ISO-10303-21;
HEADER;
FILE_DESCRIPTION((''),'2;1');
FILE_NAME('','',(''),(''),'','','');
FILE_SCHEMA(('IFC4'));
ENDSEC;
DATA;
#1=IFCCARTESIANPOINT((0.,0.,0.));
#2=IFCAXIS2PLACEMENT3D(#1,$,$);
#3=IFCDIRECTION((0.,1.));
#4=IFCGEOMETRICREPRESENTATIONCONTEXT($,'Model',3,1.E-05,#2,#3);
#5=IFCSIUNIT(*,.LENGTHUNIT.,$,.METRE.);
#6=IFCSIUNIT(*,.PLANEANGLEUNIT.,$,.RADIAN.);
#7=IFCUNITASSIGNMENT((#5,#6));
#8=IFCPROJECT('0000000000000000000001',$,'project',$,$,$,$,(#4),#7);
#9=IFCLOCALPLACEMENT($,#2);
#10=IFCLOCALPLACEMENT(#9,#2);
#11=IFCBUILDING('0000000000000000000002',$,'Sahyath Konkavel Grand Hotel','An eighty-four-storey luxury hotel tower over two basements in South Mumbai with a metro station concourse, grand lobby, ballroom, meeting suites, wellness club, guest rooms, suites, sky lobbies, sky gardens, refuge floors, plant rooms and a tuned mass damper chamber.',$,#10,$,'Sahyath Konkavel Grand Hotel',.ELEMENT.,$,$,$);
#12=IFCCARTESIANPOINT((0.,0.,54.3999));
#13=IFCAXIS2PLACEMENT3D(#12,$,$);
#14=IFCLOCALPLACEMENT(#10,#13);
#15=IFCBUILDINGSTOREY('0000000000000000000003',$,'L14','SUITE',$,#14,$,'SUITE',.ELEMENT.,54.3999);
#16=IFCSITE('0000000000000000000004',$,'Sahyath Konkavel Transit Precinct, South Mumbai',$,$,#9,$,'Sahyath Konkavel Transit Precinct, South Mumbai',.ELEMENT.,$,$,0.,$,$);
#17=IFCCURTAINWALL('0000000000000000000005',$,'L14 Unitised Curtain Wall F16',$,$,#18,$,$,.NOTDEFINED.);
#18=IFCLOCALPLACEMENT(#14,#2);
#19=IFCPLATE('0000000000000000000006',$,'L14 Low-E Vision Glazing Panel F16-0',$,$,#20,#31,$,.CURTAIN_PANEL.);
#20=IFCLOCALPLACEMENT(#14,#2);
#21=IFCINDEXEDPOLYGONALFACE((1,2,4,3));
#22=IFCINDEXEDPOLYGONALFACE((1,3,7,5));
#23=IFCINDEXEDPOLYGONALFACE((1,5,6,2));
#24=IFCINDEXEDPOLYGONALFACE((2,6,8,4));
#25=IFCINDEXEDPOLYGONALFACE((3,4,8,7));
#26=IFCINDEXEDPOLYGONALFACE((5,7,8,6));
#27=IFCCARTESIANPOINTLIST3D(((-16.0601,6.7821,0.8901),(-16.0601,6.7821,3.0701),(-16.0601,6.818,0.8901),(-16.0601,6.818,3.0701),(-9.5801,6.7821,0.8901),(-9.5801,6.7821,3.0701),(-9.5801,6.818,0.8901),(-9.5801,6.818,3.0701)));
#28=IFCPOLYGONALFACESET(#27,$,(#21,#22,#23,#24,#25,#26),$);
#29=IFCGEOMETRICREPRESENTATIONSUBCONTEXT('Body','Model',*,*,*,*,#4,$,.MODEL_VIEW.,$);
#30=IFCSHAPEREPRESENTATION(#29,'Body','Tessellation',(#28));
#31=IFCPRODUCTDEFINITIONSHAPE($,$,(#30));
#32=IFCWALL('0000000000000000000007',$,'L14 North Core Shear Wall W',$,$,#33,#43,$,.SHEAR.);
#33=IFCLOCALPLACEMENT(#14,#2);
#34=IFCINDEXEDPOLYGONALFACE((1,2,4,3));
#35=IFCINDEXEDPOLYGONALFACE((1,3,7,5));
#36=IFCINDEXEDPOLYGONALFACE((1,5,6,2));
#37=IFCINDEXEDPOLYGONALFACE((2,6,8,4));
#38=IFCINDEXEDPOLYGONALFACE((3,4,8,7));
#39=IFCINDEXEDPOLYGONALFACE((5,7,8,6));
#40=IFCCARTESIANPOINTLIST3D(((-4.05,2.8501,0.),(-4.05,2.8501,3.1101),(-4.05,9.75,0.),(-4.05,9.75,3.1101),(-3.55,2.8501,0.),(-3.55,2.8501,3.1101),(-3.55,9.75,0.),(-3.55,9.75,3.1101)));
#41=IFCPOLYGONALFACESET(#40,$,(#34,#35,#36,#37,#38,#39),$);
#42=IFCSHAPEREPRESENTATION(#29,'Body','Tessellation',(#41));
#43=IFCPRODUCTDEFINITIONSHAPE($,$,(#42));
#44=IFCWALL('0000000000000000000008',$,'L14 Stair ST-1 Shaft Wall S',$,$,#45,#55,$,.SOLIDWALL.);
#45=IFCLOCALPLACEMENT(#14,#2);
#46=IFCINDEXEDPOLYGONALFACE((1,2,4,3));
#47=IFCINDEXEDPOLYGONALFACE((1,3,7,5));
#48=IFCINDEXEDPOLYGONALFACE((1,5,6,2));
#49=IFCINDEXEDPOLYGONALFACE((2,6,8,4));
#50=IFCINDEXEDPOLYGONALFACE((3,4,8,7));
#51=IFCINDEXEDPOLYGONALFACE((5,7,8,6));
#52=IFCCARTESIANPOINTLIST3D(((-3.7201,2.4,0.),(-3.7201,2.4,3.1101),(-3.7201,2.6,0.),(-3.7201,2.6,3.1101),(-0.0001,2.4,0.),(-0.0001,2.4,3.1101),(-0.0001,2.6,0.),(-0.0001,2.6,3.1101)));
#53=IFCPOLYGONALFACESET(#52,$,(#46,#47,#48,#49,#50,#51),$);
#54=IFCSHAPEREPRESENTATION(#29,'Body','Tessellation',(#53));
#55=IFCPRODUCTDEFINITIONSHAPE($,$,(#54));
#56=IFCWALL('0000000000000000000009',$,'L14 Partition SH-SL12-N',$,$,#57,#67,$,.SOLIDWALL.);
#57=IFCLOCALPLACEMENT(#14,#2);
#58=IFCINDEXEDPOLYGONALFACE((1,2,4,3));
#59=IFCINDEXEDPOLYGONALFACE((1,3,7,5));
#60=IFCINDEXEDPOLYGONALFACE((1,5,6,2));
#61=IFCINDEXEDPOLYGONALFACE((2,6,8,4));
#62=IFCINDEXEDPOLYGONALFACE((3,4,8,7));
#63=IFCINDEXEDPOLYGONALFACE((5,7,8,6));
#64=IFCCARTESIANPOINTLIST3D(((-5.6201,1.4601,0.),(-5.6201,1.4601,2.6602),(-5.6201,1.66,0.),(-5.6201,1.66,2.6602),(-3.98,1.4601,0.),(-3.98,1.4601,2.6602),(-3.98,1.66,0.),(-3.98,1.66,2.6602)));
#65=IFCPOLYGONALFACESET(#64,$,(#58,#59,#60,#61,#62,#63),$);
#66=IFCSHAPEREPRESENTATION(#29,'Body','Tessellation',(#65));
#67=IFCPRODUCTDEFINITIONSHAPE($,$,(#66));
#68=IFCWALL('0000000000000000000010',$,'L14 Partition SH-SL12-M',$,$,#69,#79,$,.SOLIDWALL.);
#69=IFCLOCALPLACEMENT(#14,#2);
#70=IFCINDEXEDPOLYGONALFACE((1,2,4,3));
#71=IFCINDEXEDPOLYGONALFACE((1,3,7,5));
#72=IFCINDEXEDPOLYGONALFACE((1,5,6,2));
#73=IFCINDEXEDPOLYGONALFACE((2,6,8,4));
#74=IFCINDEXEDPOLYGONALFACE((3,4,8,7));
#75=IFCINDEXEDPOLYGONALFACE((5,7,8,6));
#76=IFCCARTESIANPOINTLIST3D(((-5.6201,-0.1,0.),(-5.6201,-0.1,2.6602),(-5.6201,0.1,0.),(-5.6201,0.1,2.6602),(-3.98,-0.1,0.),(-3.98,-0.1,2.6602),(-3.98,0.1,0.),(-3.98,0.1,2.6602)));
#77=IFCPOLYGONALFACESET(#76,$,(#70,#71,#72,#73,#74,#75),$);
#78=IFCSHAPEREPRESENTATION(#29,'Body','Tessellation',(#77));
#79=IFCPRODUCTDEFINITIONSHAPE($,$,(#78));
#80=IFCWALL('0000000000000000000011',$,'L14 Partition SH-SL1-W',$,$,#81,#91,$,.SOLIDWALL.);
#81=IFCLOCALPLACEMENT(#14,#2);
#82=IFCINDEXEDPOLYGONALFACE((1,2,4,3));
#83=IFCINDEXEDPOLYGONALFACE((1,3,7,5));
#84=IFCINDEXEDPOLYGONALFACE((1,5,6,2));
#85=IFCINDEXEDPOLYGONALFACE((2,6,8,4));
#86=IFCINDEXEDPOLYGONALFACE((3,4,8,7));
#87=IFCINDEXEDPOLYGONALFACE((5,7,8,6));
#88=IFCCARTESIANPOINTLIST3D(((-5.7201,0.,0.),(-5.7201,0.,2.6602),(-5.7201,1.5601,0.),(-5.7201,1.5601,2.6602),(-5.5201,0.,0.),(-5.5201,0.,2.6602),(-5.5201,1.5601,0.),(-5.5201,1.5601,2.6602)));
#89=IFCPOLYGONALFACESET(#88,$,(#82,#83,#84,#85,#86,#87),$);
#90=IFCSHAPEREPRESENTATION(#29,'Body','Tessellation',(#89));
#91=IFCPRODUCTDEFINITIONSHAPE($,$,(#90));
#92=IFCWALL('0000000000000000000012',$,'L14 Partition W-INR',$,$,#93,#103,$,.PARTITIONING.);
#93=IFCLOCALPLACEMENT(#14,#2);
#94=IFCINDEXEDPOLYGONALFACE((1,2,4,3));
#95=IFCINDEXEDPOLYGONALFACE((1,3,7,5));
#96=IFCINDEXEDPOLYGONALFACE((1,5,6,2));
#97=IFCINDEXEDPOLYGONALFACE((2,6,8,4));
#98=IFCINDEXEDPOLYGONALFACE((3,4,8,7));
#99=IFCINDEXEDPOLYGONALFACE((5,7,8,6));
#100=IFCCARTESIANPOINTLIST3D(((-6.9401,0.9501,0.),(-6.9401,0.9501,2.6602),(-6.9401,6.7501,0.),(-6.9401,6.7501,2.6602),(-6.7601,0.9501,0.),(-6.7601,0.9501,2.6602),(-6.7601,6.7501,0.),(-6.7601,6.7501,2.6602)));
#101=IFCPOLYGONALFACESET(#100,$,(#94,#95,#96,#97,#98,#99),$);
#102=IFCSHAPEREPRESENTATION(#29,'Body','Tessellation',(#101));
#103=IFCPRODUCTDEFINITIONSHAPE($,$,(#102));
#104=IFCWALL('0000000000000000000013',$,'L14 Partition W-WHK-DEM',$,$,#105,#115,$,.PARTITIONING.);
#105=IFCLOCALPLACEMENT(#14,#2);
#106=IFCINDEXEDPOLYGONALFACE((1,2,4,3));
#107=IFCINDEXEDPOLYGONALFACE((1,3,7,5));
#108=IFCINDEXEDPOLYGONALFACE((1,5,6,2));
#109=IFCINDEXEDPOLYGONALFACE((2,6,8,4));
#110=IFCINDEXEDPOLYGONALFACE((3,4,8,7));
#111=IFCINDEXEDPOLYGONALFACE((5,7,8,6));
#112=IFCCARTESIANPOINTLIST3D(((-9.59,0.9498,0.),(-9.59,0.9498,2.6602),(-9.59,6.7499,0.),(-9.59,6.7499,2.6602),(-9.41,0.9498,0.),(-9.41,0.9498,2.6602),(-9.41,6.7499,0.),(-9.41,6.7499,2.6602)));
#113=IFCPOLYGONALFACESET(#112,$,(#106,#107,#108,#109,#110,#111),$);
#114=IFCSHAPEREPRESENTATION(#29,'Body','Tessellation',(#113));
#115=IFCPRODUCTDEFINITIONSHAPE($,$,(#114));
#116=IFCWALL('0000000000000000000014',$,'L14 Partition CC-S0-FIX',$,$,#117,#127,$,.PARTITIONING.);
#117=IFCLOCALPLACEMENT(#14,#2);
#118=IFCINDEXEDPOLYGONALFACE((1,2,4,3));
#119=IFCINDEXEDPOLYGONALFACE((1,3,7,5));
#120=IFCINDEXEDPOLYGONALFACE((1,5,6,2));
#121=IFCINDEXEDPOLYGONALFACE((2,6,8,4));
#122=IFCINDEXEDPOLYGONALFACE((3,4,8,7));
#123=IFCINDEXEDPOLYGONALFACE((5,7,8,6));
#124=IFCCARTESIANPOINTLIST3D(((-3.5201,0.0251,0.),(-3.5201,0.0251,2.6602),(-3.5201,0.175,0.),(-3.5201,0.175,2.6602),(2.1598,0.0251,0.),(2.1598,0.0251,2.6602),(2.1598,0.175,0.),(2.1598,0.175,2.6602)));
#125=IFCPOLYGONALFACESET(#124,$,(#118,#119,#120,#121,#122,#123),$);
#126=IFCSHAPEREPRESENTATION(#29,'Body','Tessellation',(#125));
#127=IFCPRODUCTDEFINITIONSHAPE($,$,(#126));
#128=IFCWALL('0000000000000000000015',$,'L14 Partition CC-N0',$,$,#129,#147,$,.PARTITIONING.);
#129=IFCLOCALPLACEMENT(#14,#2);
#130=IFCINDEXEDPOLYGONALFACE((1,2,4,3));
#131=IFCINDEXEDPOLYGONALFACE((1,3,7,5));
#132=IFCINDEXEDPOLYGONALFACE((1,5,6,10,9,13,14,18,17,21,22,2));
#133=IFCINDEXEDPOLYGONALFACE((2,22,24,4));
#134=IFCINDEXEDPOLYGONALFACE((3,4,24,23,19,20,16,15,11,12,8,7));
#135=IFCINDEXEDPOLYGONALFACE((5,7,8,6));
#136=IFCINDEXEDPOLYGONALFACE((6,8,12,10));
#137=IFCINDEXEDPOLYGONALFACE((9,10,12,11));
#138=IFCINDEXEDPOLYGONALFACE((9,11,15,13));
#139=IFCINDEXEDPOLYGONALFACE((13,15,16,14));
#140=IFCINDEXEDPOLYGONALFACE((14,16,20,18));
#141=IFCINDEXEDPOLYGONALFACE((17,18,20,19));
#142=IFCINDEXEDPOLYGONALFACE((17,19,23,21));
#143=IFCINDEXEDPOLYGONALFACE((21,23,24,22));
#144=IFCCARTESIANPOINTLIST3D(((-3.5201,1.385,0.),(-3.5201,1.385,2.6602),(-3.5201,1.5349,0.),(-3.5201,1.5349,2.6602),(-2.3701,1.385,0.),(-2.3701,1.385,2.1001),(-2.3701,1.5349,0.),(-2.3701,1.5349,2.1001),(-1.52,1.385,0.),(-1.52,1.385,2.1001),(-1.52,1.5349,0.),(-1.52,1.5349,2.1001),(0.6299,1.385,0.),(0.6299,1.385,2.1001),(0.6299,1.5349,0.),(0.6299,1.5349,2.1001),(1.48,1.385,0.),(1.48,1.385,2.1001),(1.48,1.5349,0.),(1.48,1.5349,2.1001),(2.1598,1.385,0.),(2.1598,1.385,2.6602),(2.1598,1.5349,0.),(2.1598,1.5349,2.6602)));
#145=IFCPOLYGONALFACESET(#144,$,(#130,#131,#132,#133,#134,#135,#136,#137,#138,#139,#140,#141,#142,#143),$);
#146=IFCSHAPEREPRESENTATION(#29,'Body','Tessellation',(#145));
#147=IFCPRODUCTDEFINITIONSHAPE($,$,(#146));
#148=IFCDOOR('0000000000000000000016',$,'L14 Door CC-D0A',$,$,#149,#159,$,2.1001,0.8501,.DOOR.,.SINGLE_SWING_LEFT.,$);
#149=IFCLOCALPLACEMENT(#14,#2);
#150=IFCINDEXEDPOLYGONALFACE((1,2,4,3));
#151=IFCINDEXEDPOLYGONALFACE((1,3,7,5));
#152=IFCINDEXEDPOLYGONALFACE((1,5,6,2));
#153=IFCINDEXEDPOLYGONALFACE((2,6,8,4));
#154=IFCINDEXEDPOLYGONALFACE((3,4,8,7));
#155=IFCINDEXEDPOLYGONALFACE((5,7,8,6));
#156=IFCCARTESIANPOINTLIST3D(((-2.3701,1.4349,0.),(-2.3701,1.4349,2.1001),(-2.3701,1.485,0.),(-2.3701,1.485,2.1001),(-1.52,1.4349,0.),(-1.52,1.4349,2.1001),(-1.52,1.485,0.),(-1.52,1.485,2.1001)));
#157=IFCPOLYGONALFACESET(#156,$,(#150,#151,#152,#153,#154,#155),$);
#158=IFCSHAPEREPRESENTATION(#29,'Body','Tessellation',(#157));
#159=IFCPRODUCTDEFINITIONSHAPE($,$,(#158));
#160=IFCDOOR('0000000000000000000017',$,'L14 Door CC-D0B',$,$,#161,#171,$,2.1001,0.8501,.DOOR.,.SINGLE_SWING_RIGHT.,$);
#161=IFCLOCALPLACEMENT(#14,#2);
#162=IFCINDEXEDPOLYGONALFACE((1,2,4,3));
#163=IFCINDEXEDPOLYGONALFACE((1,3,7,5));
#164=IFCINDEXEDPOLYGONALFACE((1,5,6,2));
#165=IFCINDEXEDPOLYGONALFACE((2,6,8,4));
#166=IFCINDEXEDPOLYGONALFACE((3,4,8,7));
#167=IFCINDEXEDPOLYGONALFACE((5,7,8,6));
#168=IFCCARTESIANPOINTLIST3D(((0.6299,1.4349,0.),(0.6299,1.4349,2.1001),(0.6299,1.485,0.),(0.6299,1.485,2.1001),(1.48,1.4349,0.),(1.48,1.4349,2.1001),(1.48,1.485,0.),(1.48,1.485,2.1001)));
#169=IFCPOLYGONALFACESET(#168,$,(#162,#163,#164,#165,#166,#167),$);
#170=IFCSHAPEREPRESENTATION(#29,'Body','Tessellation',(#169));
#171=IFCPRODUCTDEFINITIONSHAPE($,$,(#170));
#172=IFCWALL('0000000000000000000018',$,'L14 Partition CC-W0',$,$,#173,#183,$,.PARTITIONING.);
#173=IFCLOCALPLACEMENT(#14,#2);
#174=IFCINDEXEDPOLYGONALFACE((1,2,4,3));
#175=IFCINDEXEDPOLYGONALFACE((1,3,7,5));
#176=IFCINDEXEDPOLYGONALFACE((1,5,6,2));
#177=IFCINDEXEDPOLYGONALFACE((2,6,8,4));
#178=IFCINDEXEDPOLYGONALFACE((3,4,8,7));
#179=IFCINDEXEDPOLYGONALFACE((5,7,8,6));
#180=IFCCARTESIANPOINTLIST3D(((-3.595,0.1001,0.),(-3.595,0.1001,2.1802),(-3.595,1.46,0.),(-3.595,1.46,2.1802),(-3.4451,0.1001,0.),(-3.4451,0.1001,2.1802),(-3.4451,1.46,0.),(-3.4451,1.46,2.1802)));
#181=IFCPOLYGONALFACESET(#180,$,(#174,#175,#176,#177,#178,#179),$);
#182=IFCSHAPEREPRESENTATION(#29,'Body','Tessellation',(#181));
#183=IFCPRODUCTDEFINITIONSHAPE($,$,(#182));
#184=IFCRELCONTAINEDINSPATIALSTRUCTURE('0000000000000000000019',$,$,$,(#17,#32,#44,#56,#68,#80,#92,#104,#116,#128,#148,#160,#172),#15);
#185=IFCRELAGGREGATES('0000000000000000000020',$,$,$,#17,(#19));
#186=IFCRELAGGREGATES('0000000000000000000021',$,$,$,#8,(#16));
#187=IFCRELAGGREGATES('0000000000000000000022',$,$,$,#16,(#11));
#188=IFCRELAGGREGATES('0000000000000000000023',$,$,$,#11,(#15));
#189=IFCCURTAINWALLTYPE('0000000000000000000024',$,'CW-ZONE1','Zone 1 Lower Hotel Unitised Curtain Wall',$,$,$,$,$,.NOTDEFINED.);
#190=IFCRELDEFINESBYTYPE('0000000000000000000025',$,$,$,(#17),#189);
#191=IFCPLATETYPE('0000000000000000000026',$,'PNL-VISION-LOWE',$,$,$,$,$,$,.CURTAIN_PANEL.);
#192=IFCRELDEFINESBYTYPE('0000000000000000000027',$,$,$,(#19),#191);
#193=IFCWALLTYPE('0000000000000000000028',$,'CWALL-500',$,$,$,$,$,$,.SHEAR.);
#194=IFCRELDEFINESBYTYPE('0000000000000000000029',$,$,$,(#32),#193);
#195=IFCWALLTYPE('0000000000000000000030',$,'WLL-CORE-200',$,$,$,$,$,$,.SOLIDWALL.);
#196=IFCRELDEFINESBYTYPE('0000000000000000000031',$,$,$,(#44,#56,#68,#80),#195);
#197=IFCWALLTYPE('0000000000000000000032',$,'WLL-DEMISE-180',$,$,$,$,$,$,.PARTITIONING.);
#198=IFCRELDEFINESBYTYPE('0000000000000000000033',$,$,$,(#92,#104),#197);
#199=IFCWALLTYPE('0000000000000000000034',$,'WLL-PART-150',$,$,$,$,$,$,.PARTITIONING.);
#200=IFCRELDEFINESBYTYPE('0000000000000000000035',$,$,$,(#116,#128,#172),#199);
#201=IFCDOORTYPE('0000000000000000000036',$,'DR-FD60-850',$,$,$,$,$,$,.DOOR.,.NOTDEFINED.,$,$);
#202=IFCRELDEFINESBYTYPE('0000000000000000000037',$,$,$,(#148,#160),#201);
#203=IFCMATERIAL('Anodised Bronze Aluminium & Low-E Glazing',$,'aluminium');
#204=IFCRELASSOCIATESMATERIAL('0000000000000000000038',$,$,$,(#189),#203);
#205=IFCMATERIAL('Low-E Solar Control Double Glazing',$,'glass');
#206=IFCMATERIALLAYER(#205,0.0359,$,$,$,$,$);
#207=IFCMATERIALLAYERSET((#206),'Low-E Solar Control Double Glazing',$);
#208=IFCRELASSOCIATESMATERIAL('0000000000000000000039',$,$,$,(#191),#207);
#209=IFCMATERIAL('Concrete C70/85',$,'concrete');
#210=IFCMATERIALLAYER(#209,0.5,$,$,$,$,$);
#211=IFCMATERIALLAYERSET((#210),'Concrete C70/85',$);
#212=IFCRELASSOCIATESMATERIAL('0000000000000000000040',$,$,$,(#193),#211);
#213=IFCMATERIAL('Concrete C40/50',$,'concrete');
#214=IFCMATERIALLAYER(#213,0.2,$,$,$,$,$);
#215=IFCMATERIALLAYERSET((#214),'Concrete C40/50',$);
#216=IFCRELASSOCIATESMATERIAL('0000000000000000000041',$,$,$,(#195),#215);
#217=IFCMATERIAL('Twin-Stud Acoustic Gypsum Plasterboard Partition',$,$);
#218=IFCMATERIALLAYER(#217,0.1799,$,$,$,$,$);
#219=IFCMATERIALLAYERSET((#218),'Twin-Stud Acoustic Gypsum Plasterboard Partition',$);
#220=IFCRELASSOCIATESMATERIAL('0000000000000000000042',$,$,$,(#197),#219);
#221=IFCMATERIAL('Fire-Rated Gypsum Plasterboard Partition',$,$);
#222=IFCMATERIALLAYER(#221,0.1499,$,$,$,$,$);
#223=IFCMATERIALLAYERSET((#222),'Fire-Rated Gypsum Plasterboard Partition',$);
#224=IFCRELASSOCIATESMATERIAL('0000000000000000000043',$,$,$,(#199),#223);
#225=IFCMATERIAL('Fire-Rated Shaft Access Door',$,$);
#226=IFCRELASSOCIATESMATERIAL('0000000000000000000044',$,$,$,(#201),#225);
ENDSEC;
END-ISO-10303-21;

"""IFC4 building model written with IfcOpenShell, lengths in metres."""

from ifc_helpers import new_model, si_unit, direction, frame, frame_2d, origin, origin_2d, place, context, subcontext, project, spatial, rectangle, extrude, source, transform, mapped, material, layer, layer_set, type_object, element, fill, aggregate, save


model = new_model("IFC4")

# Units and contexts
model_context = context("Model", 3, precision=1e-05, world=origin(), true_north=direction((0.0, 1.0)))
body_context = subcontext(model_context, "Body", "Model", "MODEL_VIEW")
ifc_project = project(units=[si_unit("LENGTHUNIT", "METRE"), si_unit("PLANEANGLEUNIT", "RADIAN")], contexts=[model_context])

# Site, building, storey
site_placement = place(None, origin())
site = spatial("IfcSite", under=ifc_project, at=site_placement, Name="Sahyath Konkavel Transit Precinct, South Mumbai", LongName="Sahyath Konkavel Transit Precinct, South Mumbai", CompositionType="ELEMENT", RefElevation=0.0)
building_placement = place(site_placement, origin())
building = spatial("IfcBuilding", under=site, at=building_placement, Name="Sahyath Konkavel Grand Hotel", Description="An eighty-four-storey luxury hotel tower over two basements in South Mumbai with a metro station concourse, grand lobby, ballroom, meeting suites, wellness club, guest rooms, suites, sky lobbies, sky gardens, refuge floors, plant rooms and a tuned mass damper chamber.", LongName="Sahyath Konkavel Grand Hotel", CompositionType="ELEMENT")
storey_placement = place(building_placement, frame((0.0, 0.0, 54.3999)))
storey = spatial("IfcBuildingStorey", under=building, at=storey_placement, Name="L14", Description="SUITE", LongName="SUITE", CompositionType="ELEMENT", Elevation=54.3999)

# Shared definitions
ifc_material_1 = material(Name="Concrete C70/85", Category="concrete")

# Shared definitions
ifc_material_2 = material(Name="Concrete C40/50", Category="concrete")

# Curtain wall, plate
ifc_material_3 = material(Name="Anodised Bronze Aluminium & Low-E Glazing", Category="aluminium")
curtain_wall_type = type_object("IfcCurtainWallType", Name="CW-ZONE1", Description="Zone 1 Lower Hotel Unitised Curtain Wall", PredefinedType="NOTDEFINED", material=ifc_material_3)
curtain_wall_placement = place(storey_placement, origin())
curtain_wall = element("IfcCurtainWall", 1, at=curtain_wall_placement, inside=storey, type_object=curtain_wall_type, Name="L14 Unitised Curtain Wall F16", PredefinedType="NOTDEFINED")
ifc_material_4 = material(Name="Low-E Solar Control Double Glazing", Category="glass")
ifc_layer_1 = layer(ifc_material_4, 0.0359)
ifc_layer_set_1 = layer_set([ifc_layer_1], Name="Low-E Solar Control Double Glazing")
plate_type = type_object("IfcPlateType", Name="PNL-VISION-LOWE", PredefinedType="CURTAIN_PANEL", material=ifc_layer_set_1)
shared_shape_1 = source(origin(), body_context, "Body", "SweptSolid", [
    extrude(rectangle(XDim=6.48, YDim=0.0359, at=origin_2d()), origin(), (0.0, 0.0, 1.0), 2.1799),
])
plate_placement = place(storey_placement, frame((-12.8201, 6.8, 0.8901), z_axis=(0.0, 0.0, 1.0), x_axis=(-1.0, 0.0, 0.0)))
plate = element("IfcPlate", 2, at=plate_placement, type_object=plate_type, Name="L14 Low-E Vision Glazing Panel F16-0", PredefinedType="CURTAIN_PANEL", context=body_context, shape_type="MappedRepresentation", body=[
    mapped(shared_shape_1, transform((0.0, 0.0, 0.0), scale=1.0)),
])
aggregate(curtain_wall, [plate])

# Walls
ifc_layer_2 = layer(ifc_material_1, 0.5)
ifc_layer_set_2 = layer_set([ifc_layer_2], Name="Concrete C70/85")
wall_type_1 = type_object("IfcWallType", Name="CWALL-500", PredefinedType="SHEAR", material=ifc_layer_set_2)
wall_1_placement = place(storey_placement, frame((-3.8, 2.8501, 0.0), z_axis=(0.0, 0.0, 1.0), x_axis=(0.0, 1.0, 0.0)))
element("IfcWall", 3, at=wall_1_placement, inside=storey, type_object=wall_type_1, Name="L14 North Core Shear Wall W", PredefinedType="SHEAR", context=body_context, shape_type="SweptSolid", body=[
    extrude(rectangle(XDim=6.8999, YDim=0.5, at=frame_2d((3.45, 0.0))), origin(), (0.0, 0.0, 1.0), 3.1101),
])
ifc_layer_3 = layer(ifc_material_2, 0.2)
ifc_layer_set_3 = layer_set([ifc_layer_3], Name="Concrete C40/50")
wall_type_2 = type_object("IfcWallType", Name="WLL-CORE-200", PredefinedType="SOLIDWALL", material=ifc_layer_set_3)
wall_2_placement = place(storey_placement, frame((-3.72, 2.5, 0.0), z_axis=(0.0, 0.0, 1.0), x_axis=(1.0, 0.0, 0.0)))
element("IfcWall", 4, at=wall_2_placement, inside=storey, type_object=wall_type_2, Name="L14 Stair ST-1 Shaft Wall S", PredefinedType="SOLIDWALL", context=body_context, shape_type="SweptSolid", body=[
    extrude(rectangle(XDim=3.72, YDim=0.2, at=frame_2d((1.8599, 0.0))), origin(), (0.0, 0.0, 1.0), 3.1101),
])
for number, where, z_axis, x_axis, name in (
    (5, (-5.6201, 1.5601, 0.0), (0.0, 0.0, 1.0), (1.0, 0.0, 0.0), "L14 Partition SH-SL12-N"),
    (6, (-5.6201, 0.0, 0.0), (0.0, 0.0, 1.0), (1.0, 0.0, 0.0), "L14 Partition SH-SL12-M"),
):
    element("IfcWall", number, at=place(storey_placement, frame(where, z_axis=z_axis, x_axis=x_axis)), inside=storey, type_object=wall_type_2, Name=name, PredefinedType="SOLIDWALL", context=body_context, shape_type="SweptSolid", body=[
        extrude(rectangle(XDim=1.6401, YDim=0.2, at=frame_2d((0.8201, 0.0))), origin(), (0.0, 0.0, 1.0), 2.6602),
    ])
wall_3_placement = place(storey_placement, frame((-5.6201, 0.0, 0.0), z_axis=(0.0, 0.0, 1.0), x_axis=(0.0, 1.0, 0.0)))
element("IfcWall", 7, at=wall_3_placement, inside=storey, type_object=wall_type_2, Name="L14 Partition SH-SL1-W", PredefinedType="SOLIDWALL", context=body_context, shape_type="SweptSolid", body=[
    extrude(rectangle(XDim=1.5601, YDim=0.2, at=frame_2d((0.78, 0.0))), origin(), (0.0, 0.0, 1.0), 2.6602),
])
ifc_material_5 = material(Name="Twin-Stud Acoustic Gypsum Plasterboard Partition")
ifc_layer_4 = layer(ifc_material_5, 0.1799)
ifc_layer_set_4 = layer_set([ifc_layer_4], Name="Twin-Stud Acoustic Gypsum Plasterboard Partition")
wall_type_3 = type_object("IfcWallType", Name="WLL-DEMISE-180", PredefinedType="PARTITIONING", material=ifc_layer_set_4)
for number, where, z_axis, x_axis, name in (
    (8, (-6.8501, 6.75, 0.0), (0.0, 0.0, 1.0), (0.0, -1.0, 0.0), "L14 Partition W-INR"),
    (9, (-9.5, 0.95, 0.0), (0.0, 0.0, 1.0), (0.0, 1.0, 0.0), "L14 Partition W-WHK-DEM"),
):
    element("IfcWall", number, at=place(storey_placement, frame(where, z_axis=z_axis, x_axis=x_axis)), inside=storey, type_object=wall_type_3, Name=name, PredefinedType="PARTITIONING", context=body_context, shape_type="SweptSolid", body=[
        extrude(rectangle(XDim=5.8, YDim=0.1799, at=frame_2d((2.8999, 0.0))), origin(), (0.0, 0.0, 1.0), 2.6602),
    ])
ifc_material_6 = material(Name="Fire-Rated Gypsum Plasterboard Partition")
ifc_layer_5 = layer(ifc_material_6, 0.1499)
ifc_layer_set_5 = layer_set([ifc_layer_5], Name="Fire-Rated Gypsum Plasterboard Partition")
wall_type_4 = type_object("IfcWallType", Name="WLL-PART-150", PredefinedType="PARTITIONING", material=ifc_layer_set_5)
wall_4_placement = place(storey_placement, frame((-3.52, 0.1001, 0.0), z_axis=(0.0, 0.0, 1.0), x_axis=(1.0, 0.0, 0.0)))
element("IfcWall", 10, at=wall_4_placement, inside=storey, type_object=wall_type_4, Name="L14 Partition CC-S0-FIX", PredefinedType="PARTITIONING", context=body_context, shape_type="SweptSolid", body=[
    extrude(rectangle(XDim=5.6799, YDim=0.1499, at=frame_2d((2.8398, 0.0))), origin(), (0.0, 0.0, 1.0), 2.6602),
])

# Wall, openings, doors
wall_5_placement = place(storey_placement, frame((-3.52, 1.46, 0.0), z_axis=(0.0, 0.0, 1.0), x_axis=(1.0, 0.0, 0.0)))
wall_5 = element("IfcWall", 11, at=wall_5_placement, inside=storey, type_object=wall_type_4, Name="L14 Partition CC-N0", PredefinedType="PARTITIONING", context=body_context, shape_type="SweptSolid", body=[
    extrude(rectangle(XDim=5.6799, YDim=0.1499, at=frame_2d((2.8398, 0.0))), origin(), (0.0, 0.0, 1.0), 2.6602),
])
opening_1_placement = place(wall_5_placement, frame((1.1499, 0.0, 0.0)))
opening_1 = element("IfcOpeningElement", 12, at=opening_1_placement, cuts=wall_5, PredefinedType="OPENING", context=body_context, shape_type="SweptSolid", body=[
    extrude(rectangle(XDim=0.8501, YDim=2.1001, at=frame_2d((0.425, 1.05))), frame((0.0, 0.085, 0.0), z_axis=(0.0, -1.0, 0.0), x_axis=(1.0, 0.0, 0.0)), (0.0, 0.0, 1.0), 0.1699),
])
opening_2_placement = place(wall_5_placement, frame((4.1499, 0.0, 0.0)))
opening_2 = element("IfcOpeningElement", 13, at=opening_2_placement, cuts=wall_5, PredefinedType="OPENING", context=body_context, shape_type="SweptSolid", body=[
    extrude(rectangle(XDim=0.8501, YDim=2.1001, at=frame_2d((0.425, 1.05))), frame((0.0, 0.085, 0.0), z_axis=(0.0, -1.0, 0.0), x_axis=(1.0, 0.0, 0.0)), (0.0, 0.0, 1.0), 0.1699),
])
ifc_material_7 = material(Name="Fire-Rated Shaft Access Door")
door_type = type_object("IfcDoorType", Name="DR-FD60-850", OperationType="NOTDEFINED", PredefinedType="DOOR", material=ifc_material_7)
shared_shape_2 = source(origin(), body_context, "Body", "SweptSolid", [
    extrude(rectangle(XDim=0.8501, YDim=0.05, at=origin_2d()), origin(), (0.0, 0.0, 1.0), 2.1001),
])
door_1_placement = place(opening_1_placement, frame((0.425, 0.0, 0.0)))
door_1 = element("IfcDoor", 14, at=door_1_placement, inside=storey, type_object=door_type, Name="L14 Door CC-D0A", OperationType="SINGLE_SWING_LEFT", OverallHeight=2.1001, OverallWidth=0.8501, PredefinedType="DOOR", context=body_context, shape_type="MappedRepresentation", body=[
    mapped(shared_shape_2, transform((0.0, 0.0, 0.0), scale=1.0)),
])
fill(opening_1, door_1)
door_2_placement = place(opening_2_placement, frame((0.425, 0.0, 0.0)))
door_2 = element("IfcDoor", 15, at=door_2_placement, inside=storey, type_object=door_type, Name="L14 Door CC-D0B", OperationType="SINGLE_SWING_RIGHT", OverallHeight=2.1001, OverallWidth=0.8501, PredefinedType="DOOR", context=body_context, shape_type="MappedRepresentation", body=[
    mapped(shared_shape_2, transform((0.0, 0.0, 0.0), scale=1.0)),
])
fill(opening_2, door_2)

# Wall
wall_6_placement = place(storey_placement, frame((-3.52, 0.1001, 0.0), z_axis=(0.0, 0.0, 1.0), x_axis=(0.0, 1.0, 0.0)))
element("IfcWall", 16, at=wall_6_placement, inside=storey, type_object=wall_type_4, Name="L14 Partition CC-W0", PredefinedType="PARTITIONING", context=body_context, shape_type="SweptSolid", body=[
    extrude(rectangle(XDim=1.3599, YDim=0.1499, at=frame_2d((0.6799, 0.0))), origin(), (0.0, 0.0, 1.0), 2.1802),
])

save(model, "model.ifc")
